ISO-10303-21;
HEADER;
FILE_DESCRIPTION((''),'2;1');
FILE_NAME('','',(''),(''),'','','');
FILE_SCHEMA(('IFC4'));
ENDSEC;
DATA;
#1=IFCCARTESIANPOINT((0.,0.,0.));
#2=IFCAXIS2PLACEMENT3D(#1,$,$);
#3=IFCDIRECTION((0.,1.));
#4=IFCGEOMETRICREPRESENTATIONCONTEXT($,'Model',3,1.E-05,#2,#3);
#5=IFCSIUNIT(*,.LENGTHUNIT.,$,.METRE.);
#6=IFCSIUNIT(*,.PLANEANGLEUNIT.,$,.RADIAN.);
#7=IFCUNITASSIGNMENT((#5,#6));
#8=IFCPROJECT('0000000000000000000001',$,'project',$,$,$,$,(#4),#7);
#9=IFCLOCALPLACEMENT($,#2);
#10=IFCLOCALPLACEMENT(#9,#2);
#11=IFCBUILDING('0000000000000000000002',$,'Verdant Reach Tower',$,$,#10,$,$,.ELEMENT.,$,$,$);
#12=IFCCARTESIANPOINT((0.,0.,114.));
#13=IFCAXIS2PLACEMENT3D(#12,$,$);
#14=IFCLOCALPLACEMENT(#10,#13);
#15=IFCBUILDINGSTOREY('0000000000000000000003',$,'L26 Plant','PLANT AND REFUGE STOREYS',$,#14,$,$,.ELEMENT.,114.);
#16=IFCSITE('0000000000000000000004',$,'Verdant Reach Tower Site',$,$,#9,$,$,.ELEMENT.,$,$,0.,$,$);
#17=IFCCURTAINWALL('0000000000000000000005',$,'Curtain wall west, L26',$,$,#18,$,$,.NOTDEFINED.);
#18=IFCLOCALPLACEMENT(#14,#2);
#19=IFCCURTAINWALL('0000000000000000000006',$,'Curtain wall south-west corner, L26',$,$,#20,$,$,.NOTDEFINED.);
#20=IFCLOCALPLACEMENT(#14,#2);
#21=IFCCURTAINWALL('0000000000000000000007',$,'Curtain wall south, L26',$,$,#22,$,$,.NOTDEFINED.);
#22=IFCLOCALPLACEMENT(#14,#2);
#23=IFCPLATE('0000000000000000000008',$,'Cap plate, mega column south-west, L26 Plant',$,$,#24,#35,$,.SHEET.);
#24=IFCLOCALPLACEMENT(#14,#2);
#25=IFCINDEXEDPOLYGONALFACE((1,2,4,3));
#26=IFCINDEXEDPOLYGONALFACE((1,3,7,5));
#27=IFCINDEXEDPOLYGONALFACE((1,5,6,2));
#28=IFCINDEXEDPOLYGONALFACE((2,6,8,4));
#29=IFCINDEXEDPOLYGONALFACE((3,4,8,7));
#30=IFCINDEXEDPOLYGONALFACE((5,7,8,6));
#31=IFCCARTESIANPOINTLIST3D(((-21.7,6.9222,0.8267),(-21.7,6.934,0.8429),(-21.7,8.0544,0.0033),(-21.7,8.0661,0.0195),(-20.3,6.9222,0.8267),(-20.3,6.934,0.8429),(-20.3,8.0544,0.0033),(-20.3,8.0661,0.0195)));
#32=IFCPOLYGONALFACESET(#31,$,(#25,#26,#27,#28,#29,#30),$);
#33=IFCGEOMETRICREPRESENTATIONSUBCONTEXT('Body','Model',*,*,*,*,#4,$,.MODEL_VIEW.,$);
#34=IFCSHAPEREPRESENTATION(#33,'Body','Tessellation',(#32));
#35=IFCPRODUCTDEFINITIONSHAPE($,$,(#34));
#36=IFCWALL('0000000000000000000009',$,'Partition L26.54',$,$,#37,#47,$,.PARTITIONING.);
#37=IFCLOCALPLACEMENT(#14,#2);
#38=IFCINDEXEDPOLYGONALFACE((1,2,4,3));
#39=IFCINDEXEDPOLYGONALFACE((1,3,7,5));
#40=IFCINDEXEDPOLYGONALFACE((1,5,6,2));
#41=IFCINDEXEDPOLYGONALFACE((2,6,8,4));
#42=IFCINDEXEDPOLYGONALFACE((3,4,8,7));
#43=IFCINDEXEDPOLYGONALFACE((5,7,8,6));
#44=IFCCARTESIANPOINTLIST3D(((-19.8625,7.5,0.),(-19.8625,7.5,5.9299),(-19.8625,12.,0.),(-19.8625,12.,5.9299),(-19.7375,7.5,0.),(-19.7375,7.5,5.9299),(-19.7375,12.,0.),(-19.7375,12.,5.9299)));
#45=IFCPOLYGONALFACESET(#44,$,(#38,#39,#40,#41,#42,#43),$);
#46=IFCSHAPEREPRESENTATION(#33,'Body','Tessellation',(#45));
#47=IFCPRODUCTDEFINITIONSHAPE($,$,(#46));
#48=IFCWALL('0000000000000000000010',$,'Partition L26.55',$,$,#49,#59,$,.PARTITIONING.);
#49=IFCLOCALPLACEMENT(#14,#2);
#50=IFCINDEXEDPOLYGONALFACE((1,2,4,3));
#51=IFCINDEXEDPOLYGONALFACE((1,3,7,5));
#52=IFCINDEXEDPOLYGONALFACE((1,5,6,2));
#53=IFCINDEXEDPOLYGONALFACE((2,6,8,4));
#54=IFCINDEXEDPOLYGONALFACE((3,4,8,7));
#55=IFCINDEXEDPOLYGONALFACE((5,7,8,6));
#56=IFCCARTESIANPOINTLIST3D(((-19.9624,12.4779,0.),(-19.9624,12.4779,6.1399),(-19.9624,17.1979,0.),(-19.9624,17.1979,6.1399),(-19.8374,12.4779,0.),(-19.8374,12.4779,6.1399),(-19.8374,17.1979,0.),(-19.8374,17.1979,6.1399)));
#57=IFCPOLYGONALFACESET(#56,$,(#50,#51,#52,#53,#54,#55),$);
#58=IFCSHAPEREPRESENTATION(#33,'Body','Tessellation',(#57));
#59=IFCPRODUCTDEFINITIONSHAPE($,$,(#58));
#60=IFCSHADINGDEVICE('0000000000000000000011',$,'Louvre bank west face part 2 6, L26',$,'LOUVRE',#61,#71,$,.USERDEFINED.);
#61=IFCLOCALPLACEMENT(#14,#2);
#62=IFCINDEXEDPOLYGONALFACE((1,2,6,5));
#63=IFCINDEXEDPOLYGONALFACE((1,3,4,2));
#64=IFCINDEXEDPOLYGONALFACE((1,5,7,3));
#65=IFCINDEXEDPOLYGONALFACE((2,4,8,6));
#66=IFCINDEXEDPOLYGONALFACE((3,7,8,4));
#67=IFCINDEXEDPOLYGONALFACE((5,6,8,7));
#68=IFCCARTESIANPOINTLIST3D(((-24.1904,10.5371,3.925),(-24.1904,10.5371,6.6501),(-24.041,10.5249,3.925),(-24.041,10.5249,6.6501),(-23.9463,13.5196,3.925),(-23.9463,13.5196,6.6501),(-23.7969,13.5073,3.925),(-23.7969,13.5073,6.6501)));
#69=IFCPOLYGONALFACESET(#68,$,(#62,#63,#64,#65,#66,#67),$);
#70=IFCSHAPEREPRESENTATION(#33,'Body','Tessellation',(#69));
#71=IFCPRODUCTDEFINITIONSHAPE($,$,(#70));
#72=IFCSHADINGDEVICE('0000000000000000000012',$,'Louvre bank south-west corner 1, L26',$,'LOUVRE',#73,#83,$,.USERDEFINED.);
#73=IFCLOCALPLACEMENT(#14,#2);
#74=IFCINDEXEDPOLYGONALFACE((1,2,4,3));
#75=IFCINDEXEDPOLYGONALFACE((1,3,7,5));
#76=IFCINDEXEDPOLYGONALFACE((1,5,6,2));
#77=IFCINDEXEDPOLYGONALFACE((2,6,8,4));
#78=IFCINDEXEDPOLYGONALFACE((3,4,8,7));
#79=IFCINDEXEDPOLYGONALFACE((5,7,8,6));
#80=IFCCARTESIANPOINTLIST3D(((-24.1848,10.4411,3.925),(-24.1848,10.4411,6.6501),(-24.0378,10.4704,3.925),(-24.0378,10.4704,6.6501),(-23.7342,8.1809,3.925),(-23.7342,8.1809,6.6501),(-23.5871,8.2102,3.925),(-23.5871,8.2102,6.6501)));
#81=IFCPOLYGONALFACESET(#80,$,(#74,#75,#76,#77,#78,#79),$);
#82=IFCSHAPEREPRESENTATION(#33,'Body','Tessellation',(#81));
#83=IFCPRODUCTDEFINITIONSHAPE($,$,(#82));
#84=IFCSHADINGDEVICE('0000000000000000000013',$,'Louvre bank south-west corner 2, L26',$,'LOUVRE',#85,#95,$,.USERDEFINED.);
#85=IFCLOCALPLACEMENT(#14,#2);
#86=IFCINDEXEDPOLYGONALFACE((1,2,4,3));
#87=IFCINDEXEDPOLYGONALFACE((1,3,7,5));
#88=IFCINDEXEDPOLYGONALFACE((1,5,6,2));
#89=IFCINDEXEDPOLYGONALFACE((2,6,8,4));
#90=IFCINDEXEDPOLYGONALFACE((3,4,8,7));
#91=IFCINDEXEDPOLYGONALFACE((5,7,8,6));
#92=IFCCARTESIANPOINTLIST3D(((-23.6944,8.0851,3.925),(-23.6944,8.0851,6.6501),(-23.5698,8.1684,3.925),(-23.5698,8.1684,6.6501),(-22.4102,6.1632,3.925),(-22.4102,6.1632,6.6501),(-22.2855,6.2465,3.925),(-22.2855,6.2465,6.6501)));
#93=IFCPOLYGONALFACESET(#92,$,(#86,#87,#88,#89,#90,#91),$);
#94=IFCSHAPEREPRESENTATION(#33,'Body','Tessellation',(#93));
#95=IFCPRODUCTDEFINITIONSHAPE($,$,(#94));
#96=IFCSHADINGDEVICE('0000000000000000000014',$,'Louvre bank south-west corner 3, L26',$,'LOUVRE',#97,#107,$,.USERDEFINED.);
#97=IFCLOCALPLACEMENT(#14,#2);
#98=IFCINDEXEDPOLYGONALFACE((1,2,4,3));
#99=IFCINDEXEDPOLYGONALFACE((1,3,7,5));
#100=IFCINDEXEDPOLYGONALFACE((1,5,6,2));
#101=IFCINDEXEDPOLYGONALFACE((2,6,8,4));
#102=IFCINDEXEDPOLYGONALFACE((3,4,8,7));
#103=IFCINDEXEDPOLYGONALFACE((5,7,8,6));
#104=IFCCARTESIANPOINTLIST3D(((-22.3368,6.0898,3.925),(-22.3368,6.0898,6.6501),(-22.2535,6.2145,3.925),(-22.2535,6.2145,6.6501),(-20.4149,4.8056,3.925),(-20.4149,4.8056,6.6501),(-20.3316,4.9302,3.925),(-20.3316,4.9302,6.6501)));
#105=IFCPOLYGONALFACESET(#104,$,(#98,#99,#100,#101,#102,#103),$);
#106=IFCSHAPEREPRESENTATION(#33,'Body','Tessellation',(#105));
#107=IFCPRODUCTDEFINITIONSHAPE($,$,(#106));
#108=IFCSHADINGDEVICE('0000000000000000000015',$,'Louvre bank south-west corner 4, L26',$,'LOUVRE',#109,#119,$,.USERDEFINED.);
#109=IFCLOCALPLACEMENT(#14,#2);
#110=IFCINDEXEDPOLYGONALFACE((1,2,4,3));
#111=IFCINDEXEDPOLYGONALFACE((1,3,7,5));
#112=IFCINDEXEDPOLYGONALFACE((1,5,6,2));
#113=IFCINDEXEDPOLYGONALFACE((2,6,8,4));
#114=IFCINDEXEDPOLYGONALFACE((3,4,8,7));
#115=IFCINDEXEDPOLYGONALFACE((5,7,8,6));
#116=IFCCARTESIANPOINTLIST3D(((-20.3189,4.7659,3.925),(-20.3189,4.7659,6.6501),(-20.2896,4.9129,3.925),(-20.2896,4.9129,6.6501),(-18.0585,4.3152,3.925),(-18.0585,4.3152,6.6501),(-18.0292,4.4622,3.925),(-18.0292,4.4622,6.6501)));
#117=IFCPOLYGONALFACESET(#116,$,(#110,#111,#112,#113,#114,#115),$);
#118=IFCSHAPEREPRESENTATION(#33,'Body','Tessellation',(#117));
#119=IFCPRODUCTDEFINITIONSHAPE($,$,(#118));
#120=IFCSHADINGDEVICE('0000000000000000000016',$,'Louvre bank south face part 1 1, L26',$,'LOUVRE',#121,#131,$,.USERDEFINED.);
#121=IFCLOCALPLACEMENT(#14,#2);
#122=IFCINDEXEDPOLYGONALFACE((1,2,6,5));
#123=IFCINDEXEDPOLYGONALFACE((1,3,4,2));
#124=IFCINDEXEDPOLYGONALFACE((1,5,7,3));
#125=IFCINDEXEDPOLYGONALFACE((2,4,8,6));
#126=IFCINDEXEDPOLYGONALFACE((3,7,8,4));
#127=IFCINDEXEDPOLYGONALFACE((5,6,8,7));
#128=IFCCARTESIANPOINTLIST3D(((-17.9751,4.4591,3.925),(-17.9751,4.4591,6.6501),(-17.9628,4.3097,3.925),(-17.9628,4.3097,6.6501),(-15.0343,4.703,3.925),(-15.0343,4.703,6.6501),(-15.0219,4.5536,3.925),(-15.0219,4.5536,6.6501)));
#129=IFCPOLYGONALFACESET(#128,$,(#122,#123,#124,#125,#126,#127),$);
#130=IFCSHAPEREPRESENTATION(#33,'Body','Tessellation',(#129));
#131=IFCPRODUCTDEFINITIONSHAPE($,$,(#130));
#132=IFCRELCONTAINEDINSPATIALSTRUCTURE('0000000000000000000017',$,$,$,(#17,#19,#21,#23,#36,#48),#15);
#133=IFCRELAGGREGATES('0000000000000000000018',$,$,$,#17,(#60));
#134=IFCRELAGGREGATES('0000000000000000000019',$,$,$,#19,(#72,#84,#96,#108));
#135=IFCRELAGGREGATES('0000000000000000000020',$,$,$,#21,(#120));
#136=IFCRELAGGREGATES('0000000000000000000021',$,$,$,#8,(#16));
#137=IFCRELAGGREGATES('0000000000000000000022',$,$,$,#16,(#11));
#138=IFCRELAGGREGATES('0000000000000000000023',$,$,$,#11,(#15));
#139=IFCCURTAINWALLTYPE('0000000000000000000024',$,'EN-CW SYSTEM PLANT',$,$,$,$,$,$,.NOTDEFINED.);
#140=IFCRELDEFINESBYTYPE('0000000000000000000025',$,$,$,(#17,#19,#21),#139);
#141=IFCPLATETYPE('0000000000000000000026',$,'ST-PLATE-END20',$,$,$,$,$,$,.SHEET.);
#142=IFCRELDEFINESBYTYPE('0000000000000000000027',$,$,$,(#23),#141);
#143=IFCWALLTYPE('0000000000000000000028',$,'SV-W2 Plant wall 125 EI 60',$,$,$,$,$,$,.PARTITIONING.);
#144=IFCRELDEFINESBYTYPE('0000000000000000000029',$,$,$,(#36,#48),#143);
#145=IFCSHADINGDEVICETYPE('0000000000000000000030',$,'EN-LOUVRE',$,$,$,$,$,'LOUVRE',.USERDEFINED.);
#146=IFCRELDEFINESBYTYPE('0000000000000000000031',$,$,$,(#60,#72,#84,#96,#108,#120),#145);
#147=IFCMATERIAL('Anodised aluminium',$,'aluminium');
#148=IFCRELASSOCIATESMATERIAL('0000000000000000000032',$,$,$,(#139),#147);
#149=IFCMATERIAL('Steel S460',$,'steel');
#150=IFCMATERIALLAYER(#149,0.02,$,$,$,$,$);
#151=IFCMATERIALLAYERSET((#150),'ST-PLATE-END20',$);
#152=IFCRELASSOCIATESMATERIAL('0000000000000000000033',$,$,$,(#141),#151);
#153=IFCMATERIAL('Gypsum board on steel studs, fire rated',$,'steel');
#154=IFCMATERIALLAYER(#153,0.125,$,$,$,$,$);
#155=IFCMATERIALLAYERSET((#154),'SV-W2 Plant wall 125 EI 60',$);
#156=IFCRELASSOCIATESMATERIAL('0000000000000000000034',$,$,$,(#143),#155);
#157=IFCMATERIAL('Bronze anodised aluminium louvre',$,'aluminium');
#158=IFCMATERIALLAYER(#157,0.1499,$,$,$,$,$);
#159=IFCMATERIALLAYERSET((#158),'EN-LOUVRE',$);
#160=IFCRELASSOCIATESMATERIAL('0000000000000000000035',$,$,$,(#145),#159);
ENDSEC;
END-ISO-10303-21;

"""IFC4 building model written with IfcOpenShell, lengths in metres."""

from ifc_helpers import new_model, si_unit, direction, frame, frame_2d, origin, origin_2d, place, context, subcontext, project, spatial, rectangle, extrude, material, layer, layer_set, type_object, element, aggregate, save


model = new_model("IFC4")

# Units and contexts
model_context = context("Model", 3, precision=1e-05, world=origin(), true_north=direction((0.0, 1.0)))
body_context = subcontext(model_context, "Body", "Model", "MODEL_VIEW")
ifc_project = project(units=[si_unit("LENGTHUNIT", "METRE"), si_unit("PLANEANGLEUNIT", "RADIAN")], contexts=[model_context])

# Site, building, storey
site_placement = place(None, origin())
site = spatial("IfcSite", under=ifc_project, at=site_placement, Name="Verdant Reach Tower Site", CompositionType="ELEMENT", RefElevation=0.0)
building_placement = place(site_placement, origin())
building = spatial("IfcBuilding", under=site, at=building_placement, Name="Verdant Reach Tower", CompositionType="ELEMENT")
storey_placement = place(building_placement, frame((0.0, 0.0, 114.0)))
storey = spatial("IfcBuildingStorey", under=building, at=storey_placement, Name="L26 Plant", Description="PLANT AND REFUGE STOREYS", CompositionType="ELEMENT", Elevation=114.0)

# Shared definitions
ifc_material_1 = material(Name="Steel S460", Category="steel")

# Curtain wall
ifc_material_2 = material(Name="Anodised aluminium", Category="aluminium")
curtain_wall_type = type_object("IfcCurtainWallType", Name="EN-CW SYSTEM PLANT", PredefinedType="NOTDEFINED", material=ifc_material_2)
curtain_wall_1_placement = place(storey_placement, origin())
curtain_wall_1 = element("IfcCurtainWall", 1, at=curtain_wall_1_placement, inside=storey, type_object=curtain_wall_type, Name="Curtain wall west, L26", PredefinedType="NOTDEFINED")

# Curtain walls
curtain_wall_2_placement = place(storey_placement, origin())
curtain_wall_2 = element("IfcCurtainWall", 2, at=curtain_wall_2_placement, inside=storey, type_object=curtain_wall_type, Name="Curtain wall south-west corner, L26", PredefinedType="NOTDEFINED")
curtain_wall_3_placement = place(storey_placement, origin())
curtain_wall_3 = element("IfcCurtainWall", 3, at=curtain_wall_3_placement, inside=storey, type_object=curtain_wall_type, Name="Curtain wall south, L26", PredefinedType="NOTDEFINED")

# Plate
ifc_layer_1 = layer(ifc_material_1, 0.02)
ifc_layer_set_1 = layer_set([ifc_layer_1], Name="ST-PLATE-END20")
plate_type_1 = type_object("IfcPlateType", Name="ST-PLATE-END20", PredefinedType="SHEET", material=ifc_layer_set_1)
plate_1_placement = place(storey_placement, frame((-21.0, 7.4883, 0.415), z_axis=(0.0, 0.588172, 0.808736), x_axis=(-1.0, 0.0, 0.0)))
element("IfcPlate", 4, at=plate_1_placement, inside=storey, type_object=plate_type_1, Name="Cap plate, mega column south-west, L26 Plant", PredefinedType="SHEET", context=body_context, shape_type="SweptSolid", body=[
    extrude(rectangle(XDim=1.3999, YDim=1.3999, at=origin_2d()), origin(), (0.0, 0.0, 1.0), 0.02),
])

# Walls
ifc_material_3 = material(Name="Gypsum board on steel studs, fire rated", Category="steel")
ifc_layer_2 = layer(ifc_material_3, 0.125)
ifc_layer_set_2 = layer_set([ifc_layer_2], Name="SV-W2 Plant wall 125 EI 60")
wall_type = type_object("IfcWallType", Name="SV-W2 Plant wall 125 EI 60", PredefinedType="PARTITIONING", material=ifc_layer_set_2)
wall_1_placement = place(storey_placement, frame((-19.8, 7.5, 0.0), z_axis=(0.0, 0.0, 1.0), x_axis=(0.0, 1.0, 0.0)))
element("IfcWall", 5, at=wall_1_placement, inside=storey, type_object=wall_type, Name="Partition L26.54", PredefinedType="PARTITIONING", context=body_context, shape_type="SweptSolid", body=[
    extrude(rectangle(XDim=4.5, YDim=0.125, at=frame_2d((2.25, 0.0))), origin(), (0.0, 0.0, 1.0), 5.9299),
])
wall_2_placement = place(storey_placement, frame((-19.8999, 12.478, 0.0), z_axis=(0.0, 0.0, 1.0), x_axis=(0.0, 1.0, 0.0)))
element("IfcWall", 6, at=wall_2_placement, inside=storey, type_object=wall_type, Name="Partition L26.55", PredefinedType="PARTITIONING", context=body_context, shape_type="SweptSolid", body=[
    extrude(rectangle(XDim=4.72, YDim=0.125, at=frame_2d((2.3599, 0.0))), origin(), (0.0, 0.0, 1.0), 6.1399),
])

# Shading devices
ifc_material_4 = material(Name="Bronze anodised aluminium louvre", Category="aluminium")
ifc_layer_3 = layer(ifc_material_4, 0.1499)
ifc_layer_set_3 = layer_set([ifc_layer_3], Name="EN-LOUVRE")
shading_device_type = type_object("IfcShadingDeviceType", Name="EN-LOUVRE", ElementType="LOUVRE", PredefinedType="USERDEFINED", material=ifc_layer_set_3)
shading_device_1_placement = place(storey_placement, frame((-23.9937, 12.0222, 3.925), z_axis=(0.0, 0.0, 1.0), x_axis=(-0.081542, -0.99667, 0.0)))
shading_device_1 = element("IfcShadingDevice", 7, at=shading_device_1_placement, type_object=shading_device_type, Name="Louvre bank west face part 2 6, L26", ObjectType="LOUVRE", PredefinedType="USERDEFINED", context=body_context, shape_type="SweptSolid", body=[
    extrude(rectangle(XDim=2.9924, YDim=0.1499, at=origin_2d()), origin(), (0.0, 0.0, 1.0), 2.7251),
])
aggregate(curtain_wall_1, [shading_device_1])
shading_device_2_placement = place(storey_placement, frame((-23.886, 9.3257, 3.925), z_axis=(0.0, 0.0, 1.0), x_axis=(0.195549, -0.980694, 0.0)))
shading_device_2 = element("IfcShadingDevice", 8, at=shading_device_2_placement, type_object=shading_device_type, Name="Louvre bank south-west corner 1, L26", ObjectType="LOUVRE", PredefinedType="USERDEFINED", context=body_context, shape_type="SweptSolid", body=[
    extrude(rectangle(XDim=2.3047, YDim=0.1499, at=origin_2d()), origin(), (0.0, 0.0, 1.0), 2.7251),
])
shading_device_3_placement = place(storey_placement, frame((-22.99, 7.1658, 3.925), z_axis=(0.0, 0.0, 1.0), x_axis=(0.555596, -0.831452, 0.0)))
shading_device_3 = element("IfcShadingDevice", 9, at=shading_device_3_placement, type_object=shading_device_type, Name="Louvre bank south-west corner 2, L26", ObjectType="LOUVRE", PredefinedType="USERDEFINED", context=body_context, shape_type="SweptSolid", body=[
    extrude(rectangle(XDim=2.3115, YDim=0.1499, at=origin_2d()), origin(), (0.0, 0.0, 1.0), 2.7251),
])
shading_device_4_placement = place(storey_placement, frame((-21.3342, 5.51, 3.925), z_axis=(0.0, 0.0, 1.0), x_axis=(0.831452, -0.555596, 0.0)))
shading_device_4 = element("IfcShadingDevice", 10, at=shading_device_4_placement, type_object=shading_device_type, Name="Louvre bank south-west corner 3, L26", ObjectType="LOUVRE", PredefinedType="USERDEFINED", context=body_context, shape_type="SweptSolid", body=[
    extrude(rectangle(XDim=2.3115, YDim=0.1499, at=origin_2d()), origin(), (0.0, 0.0, 1.0), 2.7251),
])
shading_device_5_placement = place(storey_placement, frame((-19.1741, 4.614, 3.925), z_axis=(0.0, 0.0, 1.0), x_axis=(0.980695, -0.195545, 0.0)))
shading_device_5 = element("IfcShadingDevice", 11, at=shading_device_5_placement, type_object=shading_device_type, Name="Louvre bank south-west corner 4, L26", ObjectType="LOUVRE", PredefinedType="USERDEFINED", context=body_context, shape_type="SweptSolid", body=[
    extrude(rectangle(XDim=2.3049, YDim=0.1499, at=origin_2d()), origin(), (0.0, 0.0, 1.0), 2.7251),
])
aggregate(curtain_wall_2, [shading_device_2, shading_device_3, shading_device_4, shading_device_5])
shading_device_6_placement = place(storey_placement, frame((-16.4985, 4.5063, 3.925), z_axis=(0.0, 0.0, 1.0), x_axis=(0.996578, 0.082664, 0.0)))
shading_device_6 = element("IfcShadingDevice", 12, at=shading_device_6_placement, type_object=shading_device_type, Name="Louvre bank south face part 1 1, L26", ObjectType="LOUVRE", PredefinedType="USERDEFINED", context=body_context, shape_type="SweptSolid", body=[
    extrude(rectangle(XDim=2.9509, YDim=0.1499, at=origin_2d()), origin(), (0.0, 0.0, 1.0), 2.7251),
])
aggregate(curtain_wall_3, [shading_device_6])

save(model, "model.ifc")
